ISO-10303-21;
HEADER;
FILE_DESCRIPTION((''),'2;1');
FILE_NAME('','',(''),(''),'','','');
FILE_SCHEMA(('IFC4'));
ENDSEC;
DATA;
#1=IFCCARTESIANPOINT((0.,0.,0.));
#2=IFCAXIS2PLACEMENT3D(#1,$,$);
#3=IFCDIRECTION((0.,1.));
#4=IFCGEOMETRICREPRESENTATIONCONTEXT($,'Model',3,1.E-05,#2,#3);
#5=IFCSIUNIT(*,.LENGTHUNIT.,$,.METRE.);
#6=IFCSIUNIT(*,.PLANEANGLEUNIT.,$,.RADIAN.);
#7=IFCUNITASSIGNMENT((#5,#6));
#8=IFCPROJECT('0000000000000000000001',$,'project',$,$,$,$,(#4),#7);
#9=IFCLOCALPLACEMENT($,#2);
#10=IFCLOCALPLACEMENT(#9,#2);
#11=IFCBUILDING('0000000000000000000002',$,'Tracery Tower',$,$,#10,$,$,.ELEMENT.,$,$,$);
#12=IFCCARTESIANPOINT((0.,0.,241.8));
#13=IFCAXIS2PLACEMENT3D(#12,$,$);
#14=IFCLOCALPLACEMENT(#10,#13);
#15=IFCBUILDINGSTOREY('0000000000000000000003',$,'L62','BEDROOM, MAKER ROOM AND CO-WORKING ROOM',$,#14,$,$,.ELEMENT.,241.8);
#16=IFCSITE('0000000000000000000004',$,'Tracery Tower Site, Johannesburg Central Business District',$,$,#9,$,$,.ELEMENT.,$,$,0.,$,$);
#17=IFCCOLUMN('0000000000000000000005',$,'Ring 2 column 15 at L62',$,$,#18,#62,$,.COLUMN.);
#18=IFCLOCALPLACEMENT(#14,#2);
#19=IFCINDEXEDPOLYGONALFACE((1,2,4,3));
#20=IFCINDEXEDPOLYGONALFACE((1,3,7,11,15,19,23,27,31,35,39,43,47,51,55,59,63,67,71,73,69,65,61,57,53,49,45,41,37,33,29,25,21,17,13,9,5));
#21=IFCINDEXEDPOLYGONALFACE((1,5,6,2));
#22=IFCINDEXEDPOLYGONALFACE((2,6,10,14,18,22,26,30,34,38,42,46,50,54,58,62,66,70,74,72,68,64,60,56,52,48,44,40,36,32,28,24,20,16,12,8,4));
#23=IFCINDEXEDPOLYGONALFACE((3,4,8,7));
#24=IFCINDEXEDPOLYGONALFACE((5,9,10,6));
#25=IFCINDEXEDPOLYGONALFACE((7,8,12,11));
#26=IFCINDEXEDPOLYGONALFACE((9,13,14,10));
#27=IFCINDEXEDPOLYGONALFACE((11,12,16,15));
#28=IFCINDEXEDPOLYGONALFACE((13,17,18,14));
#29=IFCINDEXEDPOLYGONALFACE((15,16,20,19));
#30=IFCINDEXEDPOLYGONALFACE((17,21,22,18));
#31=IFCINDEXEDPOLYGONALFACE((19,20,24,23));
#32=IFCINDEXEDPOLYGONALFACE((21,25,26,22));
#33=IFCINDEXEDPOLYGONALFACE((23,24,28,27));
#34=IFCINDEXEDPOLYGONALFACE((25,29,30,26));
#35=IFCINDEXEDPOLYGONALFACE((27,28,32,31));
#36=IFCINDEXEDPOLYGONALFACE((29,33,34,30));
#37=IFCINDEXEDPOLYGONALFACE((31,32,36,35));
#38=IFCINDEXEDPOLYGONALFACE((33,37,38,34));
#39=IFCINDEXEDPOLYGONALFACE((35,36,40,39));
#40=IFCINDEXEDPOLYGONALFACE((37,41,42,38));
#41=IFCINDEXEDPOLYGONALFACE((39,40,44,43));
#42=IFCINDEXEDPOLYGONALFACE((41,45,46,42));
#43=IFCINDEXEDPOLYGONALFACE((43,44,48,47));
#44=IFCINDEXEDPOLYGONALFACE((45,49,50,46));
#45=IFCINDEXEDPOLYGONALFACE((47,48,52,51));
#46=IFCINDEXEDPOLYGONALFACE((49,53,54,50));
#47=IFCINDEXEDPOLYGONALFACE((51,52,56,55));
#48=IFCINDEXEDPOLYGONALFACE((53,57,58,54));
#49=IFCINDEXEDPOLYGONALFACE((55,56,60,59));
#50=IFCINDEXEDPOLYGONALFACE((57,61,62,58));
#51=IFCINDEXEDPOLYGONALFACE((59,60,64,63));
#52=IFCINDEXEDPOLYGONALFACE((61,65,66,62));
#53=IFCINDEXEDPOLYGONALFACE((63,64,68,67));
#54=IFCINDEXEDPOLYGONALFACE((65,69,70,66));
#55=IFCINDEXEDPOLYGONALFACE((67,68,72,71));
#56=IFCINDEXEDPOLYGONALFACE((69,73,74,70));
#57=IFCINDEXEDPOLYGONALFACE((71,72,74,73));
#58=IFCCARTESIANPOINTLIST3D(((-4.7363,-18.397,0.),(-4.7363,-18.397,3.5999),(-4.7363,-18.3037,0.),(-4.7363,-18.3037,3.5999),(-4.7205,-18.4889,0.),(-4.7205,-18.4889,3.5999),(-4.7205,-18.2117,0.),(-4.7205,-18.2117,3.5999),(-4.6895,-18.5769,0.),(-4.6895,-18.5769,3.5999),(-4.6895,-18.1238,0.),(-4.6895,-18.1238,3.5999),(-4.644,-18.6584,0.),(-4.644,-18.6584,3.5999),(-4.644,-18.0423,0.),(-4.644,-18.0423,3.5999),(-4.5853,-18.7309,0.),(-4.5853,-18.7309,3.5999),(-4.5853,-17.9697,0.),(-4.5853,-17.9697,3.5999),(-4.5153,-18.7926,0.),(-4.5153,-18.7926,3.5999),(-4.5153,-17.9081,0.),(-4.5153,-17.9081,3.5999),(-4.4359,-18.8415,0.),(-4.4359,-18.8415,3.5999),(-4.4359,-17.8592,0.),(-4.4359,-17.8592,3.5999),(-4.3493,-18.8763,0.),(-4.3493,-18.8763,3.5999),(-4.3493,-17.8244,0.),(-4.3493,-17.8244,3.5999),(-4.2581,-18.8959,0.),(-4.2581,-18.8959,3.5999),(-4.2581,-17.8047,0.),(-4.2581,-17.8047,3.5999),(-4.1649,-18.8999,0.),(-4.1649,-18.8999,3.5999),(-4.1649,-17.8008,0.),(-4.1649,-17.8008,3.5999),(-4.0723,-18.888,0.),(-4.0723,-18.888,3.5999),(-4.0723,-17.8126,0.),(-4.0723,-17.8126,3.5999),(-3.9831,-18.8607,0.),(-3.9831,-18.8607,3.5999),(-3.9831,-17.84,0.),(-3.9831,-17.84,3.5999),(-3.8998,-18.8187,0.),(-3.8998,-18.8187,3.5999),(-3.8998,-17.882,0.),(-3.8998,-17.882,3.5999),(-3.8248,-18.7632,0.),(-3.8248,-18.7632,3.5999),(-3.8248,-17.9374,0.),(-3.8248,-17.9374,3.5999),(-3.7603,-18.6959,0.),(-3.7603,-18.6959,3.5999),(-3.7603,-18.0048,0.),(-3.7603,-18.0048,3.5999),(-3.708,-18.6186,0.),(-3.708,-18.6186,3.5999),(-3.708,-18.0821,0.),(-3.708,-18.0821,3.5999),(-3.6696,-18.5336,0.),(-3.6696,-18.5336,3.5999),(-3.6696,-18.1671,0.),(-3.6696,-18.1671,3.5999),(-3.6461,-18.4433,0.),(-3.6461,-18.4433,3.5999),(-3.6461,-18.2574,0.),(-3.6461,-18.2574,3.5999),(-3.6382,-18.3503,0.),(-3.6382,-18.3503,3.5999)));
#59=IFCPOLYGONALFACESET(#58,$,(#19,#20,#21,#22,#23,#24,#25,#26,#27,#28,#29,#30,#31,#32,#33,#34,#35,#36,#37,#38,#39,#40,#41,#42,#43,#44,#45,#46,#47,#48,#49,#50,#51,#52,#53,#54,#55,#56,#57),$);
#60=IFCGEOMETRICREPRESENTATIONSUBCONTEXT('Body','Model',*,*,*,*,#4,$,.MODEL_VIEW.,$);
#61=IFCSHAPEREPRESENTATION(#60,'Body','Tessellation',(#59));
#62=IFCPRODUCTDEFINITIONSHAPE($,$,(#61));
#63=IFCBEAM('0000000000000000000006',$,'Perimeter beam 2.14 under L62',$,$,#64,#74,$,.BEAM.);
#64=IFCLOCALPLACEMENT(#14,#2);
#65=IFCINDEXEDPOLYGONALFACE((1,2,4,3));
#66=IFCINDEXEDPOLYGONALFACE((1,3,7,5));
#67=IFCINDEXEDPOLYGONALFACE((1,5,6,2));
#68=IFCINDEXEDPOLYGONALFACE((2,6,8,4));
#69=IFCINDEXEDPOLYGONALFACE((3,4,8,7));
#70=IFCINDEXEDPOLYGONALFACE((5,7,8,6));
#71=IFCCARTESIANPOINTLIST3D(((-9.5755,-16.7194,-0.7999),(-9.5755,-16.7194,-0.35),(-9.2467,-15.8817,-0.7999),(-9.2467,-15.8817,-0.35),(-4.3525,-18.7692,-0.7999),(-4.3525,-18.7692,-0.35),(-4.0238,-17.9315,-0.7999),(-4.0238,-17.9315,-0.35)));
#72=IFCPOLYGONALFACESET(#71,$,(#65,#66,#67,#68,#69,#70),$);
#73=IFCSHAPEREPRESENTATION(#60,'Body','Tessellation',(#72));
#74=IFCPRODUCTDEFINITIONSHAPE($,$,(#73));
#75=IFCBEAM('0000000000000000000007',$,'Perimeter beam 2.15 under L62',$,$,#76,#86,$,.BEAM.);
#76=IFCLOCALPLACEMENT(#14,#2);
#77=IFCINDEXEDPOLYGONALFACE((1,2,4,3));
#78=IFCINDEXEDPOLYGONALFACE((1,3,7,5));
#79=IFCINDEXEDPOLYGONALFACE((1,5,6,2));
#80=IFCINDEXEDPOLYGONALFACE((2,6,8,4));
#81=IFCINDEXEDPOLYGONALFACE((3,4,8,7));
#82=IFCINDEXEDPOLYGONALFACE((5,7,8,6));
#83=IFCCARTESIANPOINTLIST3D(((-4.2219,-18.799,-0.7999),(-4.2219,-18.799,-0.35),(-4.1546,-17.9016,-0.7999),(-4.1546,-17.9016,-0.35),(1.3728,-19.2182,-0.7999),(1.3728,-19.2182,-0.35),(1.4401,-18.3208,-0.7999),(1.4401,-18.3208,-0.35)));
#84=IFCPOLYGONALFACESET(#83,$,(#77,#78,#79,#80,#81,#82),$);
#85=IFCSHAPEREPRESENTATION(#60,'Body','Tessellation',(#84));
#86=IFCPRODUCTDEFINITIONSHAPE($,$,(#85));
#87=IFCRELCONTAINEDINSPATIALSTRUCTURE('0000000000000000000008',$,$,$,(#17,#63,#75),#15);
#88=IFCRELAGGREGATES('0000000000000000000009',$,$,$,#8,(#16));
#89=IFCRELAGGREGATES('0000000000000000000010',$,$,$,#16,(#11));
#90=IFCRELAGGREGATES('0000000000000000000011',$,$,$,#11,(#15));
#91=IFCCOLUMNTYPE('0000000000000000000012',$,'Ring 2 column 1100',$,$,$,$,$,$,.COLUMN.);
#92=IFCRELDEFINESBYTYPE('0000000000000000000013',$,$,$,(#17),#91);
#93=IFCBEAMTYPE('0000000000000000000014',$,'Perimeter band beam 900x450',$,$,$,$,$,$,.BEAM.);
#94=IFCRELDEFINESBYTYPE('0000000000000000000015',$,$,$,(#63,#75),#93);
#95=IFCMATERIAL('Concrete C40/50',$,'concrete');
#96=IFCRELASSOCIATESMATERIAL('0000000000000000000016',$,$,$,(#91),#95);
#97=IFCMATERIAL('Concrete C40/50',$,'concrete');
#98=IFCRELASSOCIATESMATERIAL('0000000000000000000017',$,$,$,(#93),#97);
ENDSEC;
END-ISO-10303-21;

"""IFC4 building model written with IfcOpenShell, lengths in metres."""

from ifc_helpers import new_model, si_unit, direction, frame, origin, origin_2d, place, context, subcontext, project, spatial, rectangle, circle, extrude, material, material_profile, profile_set, type_object, element, save


model = new_model("IFC4")

# Units and contexts
model_context = context("Model", 3, precision=1e-05, world=origin(), true_north=direction((0.0, 1.0)))
body_context = subcontext(model_context, "Body", "Model", "MODEL_VIEW")
ifc_project = project(units=[si_unit("LENGTHUNIT", "METRE"), si_unit("PLANEANGLEUNIT", "RADIAN")], contexts=[model_context])

# Site, building, storey
site_placement = place(None, origin())
site = spatial("IfcSite", under=ifc_project, at=site_placement, Name="Tracery Tower Site, Johannesburg Central Business District", CompositionType="ELEMENT", RefElevation=0.0)
building_placement = place(site_placement, origin())
building = spatial("IfcBuilding", under=site, at=building_placement, Name="Tracery Tower", CompositionType="ELEMENT")
storey_placement = place(building_placement, frame((0.0, 0.0, 241.8)))
storey = spatial("IfcBuildingStorey", under=building, at=storey_placement, Name="L62", Description="BEDROOM, MAKER ROOM AND CO-WORKING ROOM", CompositionType="ELEMENT", Elevation=241.8)

# Column
ifc_material_1 = material(Name="Concrete C40/50", Category="concrete")
ifc_material_profile_1 = material_profile(ifc_material_1, circle(Radius=0.55, at=origin_2d()), Name="RC D1100")
ifc_profile_set_1 = profile_set([ifc_material_profile_1], Name="Concrete C40/50")
column_type = type_object("IfcColumnType", Name="Ring 2 column 1100", PredefinedType="COLUMN", material=ifc_profile_set_1)
column_placement = place(storey_placement, frame((-4.1882, -18.3503, 0.0), z_axis=(0.0, 0.0, 1.0), x_axis=(1.0, 0.0, 0.0)))
element("IfcColumn", 1, at=column_placement, inside=storey, type_object=column_type, Name="Ring 2 column 15 at L62", PredefinedType="COLUMN", context=body_context, shape_type="SweptSolid", body=[
    extrude(circle(Radius=0.55, at=origin_2d()), origin(), (0.0, 0.0, 1.0), 3.5999),
])

# Beams
ifc_material_2 = material(Name="Concrete C40/50", Category="concrete")
ifc_material_profile_2 = material_profile(ifc_material_2, rectangle(XDim=0.8999, YDim=0.45, at=origin_2d()), Name="RC 900x450")
ifc_profile_set_2 = profile_set([ifc_material_profile_2], Name="Concrete C40/50")
beam_type = type_object("IfcBeamType", Name="Perimeter band beam 900x450", PredefinedType="BEAM", material=ifc_profile_set_2)
beam_1_placement = place(storey_placement, frame((-9.4111, -16.3005, -0.575), z_axis=(0.930876, -0.365336, 0.0), x_axis=(0.365336, 0.930876, 0.0)))
element("IfcBeam", 2, at=beam_1_placement, inside=storey, type_object=beam_type, Name="Perimeter beam 2.14 under L62", PredefinedType="BEAM", context=body_context, shape_type="SweptSolid", body=[
    extrude(rectangle(XDim=0.8999, YDim=0.45, at=origin_2d()), origin(), (0.0, 0.0, 1.0), 5.6108),
])
beam_2_placement = place(storey_placement, frame((-4.1882, -18.3503, -0.575), z_axis=(0.997205, -0.074716, 0.0), x_axis=(0.074716, 0.997205, 0.0)))
element("IfcBeam", 3, at=beam_2_placement, inside=storey, type_object=beam_type, Name="Perimeter beam 2.15 under L62", PredefinedType="BEAM", context=body_context, shape_type="SweptSolid", body=[
    extrude(rectangle(XDim=0.8999, YDim=0.45, at=origin_2d()), origin(), (0.0, 0.0, 1.0), 5.6104),
])

save(model, "model.ifc")
